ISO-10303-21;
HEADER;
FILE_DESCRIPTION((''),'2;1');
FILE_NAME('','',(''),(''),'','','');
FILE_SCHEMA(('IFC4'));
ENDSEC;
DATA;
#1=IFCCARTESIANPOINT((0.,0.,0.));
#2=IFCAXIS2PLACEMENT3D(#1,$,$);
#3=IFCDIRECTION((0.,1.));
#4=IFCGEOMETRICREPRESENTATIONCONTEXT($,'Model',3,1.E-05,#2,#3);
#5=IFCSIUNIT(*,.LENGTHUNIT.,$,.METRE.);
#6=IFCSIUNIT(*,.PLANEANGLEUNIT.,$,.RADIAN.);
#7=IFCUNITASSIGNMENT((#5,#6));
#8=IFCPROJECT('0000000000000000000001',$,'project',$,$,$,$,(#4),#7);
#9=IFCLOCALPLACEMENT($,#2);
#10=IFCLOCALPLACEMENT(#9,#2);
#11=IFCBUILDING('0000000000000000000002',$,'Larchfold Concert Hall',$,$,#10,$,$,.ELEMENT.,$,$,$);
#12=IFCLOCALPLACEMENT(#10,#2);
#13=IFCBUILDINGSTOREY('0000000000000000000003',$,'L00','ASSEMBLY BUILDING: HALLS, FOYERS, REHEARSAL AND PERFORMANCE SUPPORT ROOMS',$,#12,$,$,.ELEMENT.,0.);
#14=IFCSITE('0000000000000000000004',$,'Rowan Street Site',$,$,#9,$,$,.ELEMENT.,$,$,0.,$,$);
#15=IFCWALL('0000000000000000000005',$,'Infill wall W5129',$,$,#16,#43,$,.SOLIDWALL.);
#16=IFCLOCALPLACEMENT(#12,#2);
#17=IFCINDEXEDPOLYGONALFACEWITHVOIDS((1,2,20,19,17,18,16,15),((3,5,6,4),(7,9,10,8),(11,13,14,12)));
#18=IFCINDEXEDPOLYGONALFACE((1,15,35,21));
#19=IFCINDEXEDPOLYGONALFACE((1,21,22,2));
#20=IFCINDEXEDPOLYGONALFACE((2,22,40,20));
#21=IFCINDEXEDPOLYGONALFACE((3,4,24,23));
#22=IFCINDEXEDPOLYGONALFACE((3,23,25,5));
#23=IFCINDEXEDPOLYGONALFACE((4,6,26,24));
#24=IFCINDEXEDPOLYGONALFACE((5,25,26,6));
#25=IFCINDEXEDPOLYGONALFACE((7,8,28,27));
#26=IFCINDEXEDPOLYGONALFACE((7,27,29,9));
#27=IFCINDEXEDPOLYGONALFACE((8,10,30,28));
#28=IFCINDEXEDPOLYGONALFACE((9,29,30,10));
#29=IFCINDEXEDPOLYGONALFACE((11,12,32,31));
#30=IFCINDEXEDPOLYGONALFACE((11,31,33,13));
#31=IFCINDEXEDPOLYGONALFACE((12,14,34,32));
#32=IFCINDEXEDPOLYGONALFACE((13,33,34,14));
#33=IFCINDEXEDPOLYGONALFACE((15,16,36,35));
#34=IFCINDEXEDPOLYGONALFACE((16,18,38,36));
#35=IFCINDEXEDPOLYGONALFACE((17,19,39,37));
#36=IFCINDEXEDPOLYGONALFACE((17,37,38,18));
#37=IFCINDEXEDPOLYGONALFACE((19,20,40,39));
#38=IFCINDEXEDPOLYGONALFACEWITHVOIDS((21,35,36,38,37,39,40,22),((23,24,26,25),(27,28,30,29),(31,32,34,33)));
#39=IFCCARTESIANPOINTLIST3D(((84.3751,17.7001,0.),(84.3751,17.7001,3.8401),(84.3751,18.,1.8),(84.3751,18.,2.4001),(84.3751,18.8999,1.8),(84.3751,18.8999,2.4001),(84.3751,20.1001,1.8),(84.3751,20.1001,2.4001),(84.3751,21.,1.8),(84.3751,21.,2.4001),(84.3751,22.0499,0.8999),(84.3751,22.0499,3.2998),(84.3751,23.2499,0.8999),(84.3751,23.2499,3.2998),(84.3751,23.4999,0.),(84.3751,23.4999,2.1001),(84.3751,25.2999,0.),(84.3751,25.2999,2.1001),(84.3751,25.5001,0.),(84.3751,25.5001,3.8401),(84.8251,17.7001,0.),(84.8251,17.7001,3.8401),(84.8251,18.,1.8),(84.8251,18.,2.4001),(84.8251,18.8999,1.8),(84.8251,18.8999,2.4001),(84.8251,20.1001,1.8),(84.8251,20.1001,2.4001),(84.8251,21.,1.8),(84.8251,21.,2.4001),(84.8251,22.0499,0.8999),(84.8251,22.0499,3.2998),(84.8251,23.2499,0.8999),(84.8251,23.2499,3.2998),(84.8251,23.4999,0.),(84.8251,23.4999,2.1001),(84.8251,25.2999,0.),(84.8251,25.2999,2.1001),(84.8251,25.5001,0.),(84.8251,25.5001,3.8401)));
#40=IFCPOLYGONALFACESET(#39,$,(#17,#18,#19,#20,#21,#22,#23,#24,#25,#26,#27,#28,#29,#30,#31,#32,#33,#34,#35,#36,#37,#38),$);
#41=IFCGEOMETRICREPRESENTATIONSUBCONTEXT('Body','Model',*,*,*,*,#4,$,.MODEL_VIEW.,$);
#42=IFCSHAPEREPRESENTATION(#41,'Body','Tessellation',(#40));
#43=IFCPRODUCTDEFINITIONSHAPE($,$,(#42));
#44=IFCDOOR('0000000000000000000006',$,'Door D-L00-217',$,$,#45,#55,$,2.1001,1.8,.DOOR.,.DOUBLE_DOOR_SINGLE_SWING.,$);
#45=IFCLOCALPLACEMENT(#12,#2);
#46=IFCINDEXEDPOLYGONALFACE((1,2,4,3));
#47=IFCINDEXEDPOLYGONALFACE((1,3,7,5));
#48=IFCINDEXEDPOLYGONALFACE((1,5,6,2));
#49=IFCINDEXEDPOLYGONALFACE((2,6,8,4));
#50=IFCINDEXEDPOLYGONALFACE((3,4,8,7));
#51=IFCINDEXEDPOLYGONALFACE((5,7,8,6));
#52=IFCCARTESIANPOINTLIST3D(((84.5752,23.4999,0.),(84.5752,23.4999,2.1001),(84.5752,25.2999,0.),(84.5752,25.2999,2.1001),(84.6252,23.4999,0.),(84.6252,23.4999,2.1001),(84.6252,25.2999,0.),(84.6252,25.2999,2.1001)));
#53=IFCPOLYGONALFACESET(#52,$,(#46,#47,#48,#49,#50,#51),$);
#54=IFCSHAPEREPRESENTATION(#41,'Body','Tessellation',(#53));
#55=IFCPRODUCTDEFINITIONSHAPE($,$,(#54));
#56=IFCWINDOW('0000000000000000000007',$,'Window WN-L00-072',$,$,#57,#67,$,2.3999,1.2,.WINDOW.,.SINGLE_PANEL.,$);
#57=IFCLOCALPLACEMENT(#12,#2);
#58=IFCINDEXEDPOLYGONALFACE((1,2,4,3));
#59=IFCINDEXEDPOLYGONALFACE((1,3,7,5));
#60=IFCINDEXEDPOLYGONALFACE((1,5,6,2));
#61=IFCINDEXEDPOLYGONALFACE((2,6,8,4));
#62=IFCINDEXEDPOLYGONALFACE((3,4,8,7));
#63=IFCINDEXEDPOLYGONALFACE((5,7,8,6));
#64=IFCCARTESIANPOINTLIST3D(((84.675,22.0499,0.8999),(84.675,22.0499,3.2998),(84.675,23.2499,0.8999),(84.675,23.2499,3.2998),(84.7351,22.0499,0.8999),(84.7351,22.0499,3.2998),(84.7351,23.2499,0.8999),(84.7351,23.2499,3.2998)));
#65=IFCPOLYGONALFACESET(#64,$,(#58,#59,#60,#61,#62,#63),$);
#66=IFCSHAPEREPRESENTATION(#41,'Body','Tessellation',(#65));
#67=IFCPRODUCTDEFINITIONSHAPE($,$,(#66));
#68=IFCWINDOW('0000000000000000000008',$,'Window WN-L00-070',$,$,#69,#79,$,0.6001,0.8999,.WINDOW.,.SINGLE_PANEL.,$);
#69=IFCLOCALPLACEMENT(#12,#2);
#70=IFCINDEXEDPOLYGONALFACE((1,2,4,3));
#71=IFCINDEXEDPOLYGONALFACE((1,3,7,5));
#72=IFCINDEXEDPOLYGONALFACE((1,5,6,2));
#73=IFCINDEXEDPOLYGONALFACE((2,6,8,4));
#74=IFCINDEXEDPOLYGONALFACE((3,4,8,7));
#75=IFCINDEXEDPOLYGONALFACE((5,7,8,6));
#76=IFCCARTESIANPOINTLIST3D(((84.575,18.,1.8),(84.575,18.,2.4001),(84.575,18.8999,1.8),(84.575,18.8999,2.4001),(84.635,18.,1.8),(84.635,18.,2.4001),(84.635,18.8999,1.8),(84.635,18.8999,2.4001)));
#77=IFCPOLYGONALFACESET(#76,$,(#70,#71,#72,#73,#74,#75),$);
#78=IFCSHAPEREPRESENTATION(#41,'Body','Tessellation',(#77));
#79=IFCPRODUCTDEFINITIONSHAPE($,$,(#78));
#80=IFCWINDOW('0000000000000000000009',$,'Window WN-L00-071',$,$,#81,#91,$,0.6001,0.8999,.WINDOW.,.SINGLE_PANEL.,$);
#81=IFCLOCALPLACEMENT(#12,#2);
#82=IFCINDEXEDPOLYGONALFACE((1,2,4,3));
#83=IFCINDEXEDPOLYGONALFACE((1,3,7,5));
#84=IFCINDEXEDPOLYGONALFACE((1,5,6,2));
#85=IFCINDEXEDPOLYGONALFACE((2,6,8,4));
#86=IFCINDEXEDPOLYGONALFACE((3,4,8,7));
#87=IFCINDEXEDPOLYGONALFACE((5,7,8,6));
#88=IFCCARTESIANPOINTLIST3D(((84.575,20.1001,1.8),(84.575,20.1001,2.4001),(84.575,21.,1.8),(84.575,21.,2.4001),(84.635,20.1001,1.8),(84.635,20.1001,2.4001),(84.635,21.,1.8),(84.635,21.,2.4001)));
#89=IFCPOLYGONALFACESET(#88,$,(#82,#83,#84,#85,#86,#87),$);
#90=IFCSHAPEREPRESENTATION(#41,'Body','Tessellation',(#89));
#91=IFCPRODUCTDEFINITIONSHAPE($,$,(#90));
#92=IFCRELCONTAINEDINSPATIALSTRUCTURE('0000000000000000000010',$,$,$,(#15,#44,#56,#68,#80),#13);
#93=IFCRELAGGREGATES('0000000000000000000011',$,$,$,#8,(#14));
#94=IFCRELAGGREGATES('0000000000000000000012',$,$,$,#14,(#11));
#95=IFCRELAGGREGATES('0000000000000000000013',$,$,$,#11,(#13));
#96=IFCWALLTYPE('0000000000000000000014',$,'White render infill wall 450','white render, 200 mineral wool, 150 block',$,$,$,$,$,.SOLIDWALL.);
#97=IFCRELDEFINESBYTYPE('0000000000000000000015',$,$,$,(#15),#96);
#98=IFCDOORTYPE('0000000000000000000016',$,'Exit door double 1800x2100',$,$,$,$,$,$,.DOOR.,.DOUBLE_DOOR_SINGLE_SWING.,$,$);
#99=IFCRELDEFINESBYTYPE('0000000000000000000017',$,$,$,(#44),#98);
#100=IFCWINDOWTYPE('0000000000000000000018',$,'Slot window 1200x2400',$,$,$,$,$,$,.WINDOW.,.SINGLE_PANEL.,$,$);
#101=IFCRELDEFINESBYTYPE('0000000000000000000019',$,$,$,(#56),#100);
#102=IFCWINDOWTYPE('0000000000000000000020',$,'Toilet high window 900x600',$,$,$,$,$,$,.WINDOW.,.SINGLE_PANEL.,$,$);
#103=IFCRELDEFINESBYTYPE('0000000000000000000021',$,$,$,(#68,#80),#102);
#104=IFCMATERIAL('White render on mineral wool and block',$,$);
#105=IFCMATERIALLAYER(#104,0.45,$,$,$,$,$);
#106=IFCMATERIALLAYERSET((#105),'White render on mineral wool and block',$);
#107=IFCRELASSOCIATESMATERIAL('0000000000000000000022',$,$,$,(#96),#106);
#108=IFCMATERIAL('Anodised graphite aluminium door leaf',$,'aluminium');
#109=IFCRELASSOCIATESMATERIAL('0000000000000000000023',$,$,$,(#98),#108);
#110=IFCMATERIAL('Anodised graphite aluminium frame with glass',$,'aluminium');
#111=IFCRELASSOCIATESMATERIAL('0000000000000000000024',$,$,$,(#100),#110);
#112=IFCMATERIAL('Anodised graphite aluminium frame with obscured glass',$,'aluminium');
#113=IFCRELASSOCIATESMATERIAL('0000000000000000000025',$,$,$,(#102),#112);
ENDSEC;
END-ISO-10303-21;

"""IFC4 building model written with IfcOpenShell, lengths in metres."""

from ifc_helpers import new_model, si_unit, direction, frame, frame_2d, origin, place, context, subcontext, project, spatial, rectangle, extrude, material, layer, layer_set, type_object, element, fill, save


model = new_model("IFC4")

# Units and contexts
model_context = context("Model", 3, precision=1e-05, world=origin(), true_north=direction((0.0, 1.0)))
body_context = subcontext(model_context, "Body", "Model", "MODEL_VIEW")
ifc_project = project(units=[si_unit("LENGTHUNIT", "METRE"), si_unit("PLANEANGLEUNIT", "RADIAN")], contexts=[model_context])

# Site, building, storey
site_placement = place(None, origin())
site = spatial("IfcSite", under=ifc_project, at=site_placement, Name="Rowan Street Site", CompositionType="ELEMENT", RefElevation=0.0)
building_placement = place(site_placement, origin())
building = spatial("IfcBuilding", under=site, at=building_placement, Name="Larchfold Concert Hall", CompositionType="ELEMENT")
storey_placement = place(building_placement, origin())
storey = spatial("IfcBuildingStorey", under=building, at=storey_placement, Name="L00", Description="ASSEMBLY BUILDING: HALLS, FOYERS, REHEARSAL AND PERFORMANCE SUPPORT ROOMS", CompositionType="ELEMENT", Elevation=0.0)

# Wall, openings, door, windows
ifc_material_1 = material(Name="White render on mineral wool and block")
ifc_layer_1 = layer(ifc_material_1, 0.45)
ifc_layer_set_1 = layer_set([ifc_layer_1], Name="White render on mineral wool and block")
wall_type_1 = type_object("IfcWallType", Name="White render infill wall 450", Description="white render, 200 mineral wool, 150 block", PredefinedType="SOLIDWALL", material=ifc_layer_set_1)
wall_1_placement = place(storey_placement, frame((84.6001, 25.5, 0.0), z_axis=(0.0, 0.0, 1.0), x_axis=(0.0, -1.0, 0.0)))
wall_1 = element("IfcWall", 1, at=wall_1_placement, inside=storey, type_object=wall_type_1, Name="Infill wall W5129", PredefinedType="SOLIDWALL", context=body_context, shape_type="SweptSolid", body=[
    extrude(rectangle(XDim=7.8, YDim=0.45, at=frame_2d((3.8999, 0.0))), origin(), (0.0, 0.0, 1.0), 3.8401),
])
opening_1_placement = place(wall_1_placement, frame((2.0, 0.0, 0.0), z_axis=(0.0, 0.0, 1.0), x_axis=(-1.0, 0.0, 0.0)))
opening_1 = element("IfcOpeningElement", 2, at=opening_1_placement, cuts=wall_1, PredefinedType="OPENING", context=body_context, shape_type="SweptSolid", body=[
    extrude(rectangle(XDim=1.8, YDim=2.1001, at=frame_2d((0.8999, 1.05))), frame((0.0, 0.2349, 0.0), z_axis=(0.0, -1.0, 0.0), x_axis=(1.0, 0.0, 0.0)), (0.0, 0.0, 1.0), 0.47),
])
opening_2_placement = place(wall_1_placement, frame((6.6001, 0.0, 1.8)))
opening_2 = element("IfcOpeningElement", 3, at=opening_2_placement, cuts=wall_1, PredefinedType="OPENING", context=body_context, shape_type="SweptSolid", body=[
    extrude(rectangle(XDim=0.8999, YDim=0.6001, at=frame_2d((0.45, 0.3))), frame((0.0, 0.2349, 0.0), z_axis=(0.0, -1.0, 0.0), x_axis=(1.0, 0.0, 0.0)), (0.0, 0.0, 1.0), 0.47),
])
opening_3_placement = place(wall_1_placement, frame((4.5, 0.0, 1.8)))
opening_3 = element("IfcOpeningElement", 4, at=opening_3_placement, cuts=wall_1, PredefinedType="OPENING", context=body_context, shape_type="SweptSolid", body=[
    extrude(rectangle(XDim=0.8999, YDim=0.6001, at=frame_2d((0.45, 0.3))), frame((0.0, 0.2349, 0.0), z_axis=(0.0, -1.0, 0.0), x_axis=(1.0, 0.0, 0.0)), (0.0, 0.0, 1.0), 0.47),
])
opening_4_placement = place(wall_1_placement, frame((2.25, 0.0, 0.8999)))
opening_4 = element("IfcOpeningElement", 5, at=opening_4_placement, cuts=wall_1, PredefinedType="OPENING", context=body_context, shape_type="SweptSolid", body=[
    extrude(rectangle(XDim=1.2, YDim=2.3999, at=frame_2d((0.6001, 1.2))), frame((0.0, 0.2349, 0.0), z_axis=(0.0, -1.0, 0.0), x_axis=(1.0, 0.0, 0.0)), (0.0, 0.0, 1.0), 0.47),
])
ifc_material_2 = material(Name="Anodised graphite aluminium door leaf", Category="aluminium")
door_type = type_object("IfcDoorType", Name="Exit door double 1800x2100", OperationType="DOUBLE_DOOR_SINGLE_SWING", PredefinedType="DOOR", material=ifc_material_2)
door_placement = place(opening_1_placement, origin())
door = element("IfcDoor", 6, at=door_placement, inside=storey, type_object=door_type, Name="Door D-L00-217", OperationType="DOUBLE_DOOR_SINGLE_SWING", OverallHeight=2.1001, OverallWidth=1.8, PredefinedType="DOOR", context=body_context, shape_type="SweptSolid", body=[
    extrude(rectangle(XDim=1.8, YDim=2.1001, at=frame_2d((0.8999, 1.05))), frame((0.0, 0.0249, 0.0), z_axis=(0.0, -1.0, 0.0), x_axis=(1.0, 0.0, 0.0)), (0.0, 0.0, 1.0), 0.05),
])
fill(opening_1, door)
ifc_material_3 = material(Name="Anodised graphite aluminium frame with glass", Category="aluminium")
window_type_1 = type_object("IfcWindowType", Name="Slot window 1200x2400", PartitioningType="SINGLE_PANEL", PredefinedType="WINDOW", material=ifc_material_3)
window_1_placement = place(opening_4_placement, origin())
window_1 = element("IfcWindow", 7, at=window_1_placement, inside=storey, type_object=window_type_1, Name="Window WN-L00-072", OverallHeight=2.3999, OverallWidth=1.2, PartitioningType="SINGLE_PANEL", PredefinedType="WINDOW", context=body_context, shape_type="SweptSolid", body=[
    extrude(rectangle(XDim=1.2, YDim=2.3999, at=frame_2d((0.6001, 1.2))), frame((0.0, 0.135, 0.0), z_axis=(0.0, -1.0, 0.0), x_axis=(1.0, 0.0, 0.0)), (0.0, 0.0, 1.0), 0.0601),
])
fill(opening_4, window_1)
ifc_material_4 = material(Name="Anodised graphite aluminium frame with obscured glass", Category="aluminium")
window_type_2 = type_object("IfcWindowType", Name="Toilet high window 900x600", PartitioningType="SINGLE_PANEL", PredefinedType="WINDOW", material=ifc_material_4)
window_2_placement = place(opening_2_placement, origin())
window_2 = element("IfcWindow", 8, at=window_2_placement, inside=storey, type_object=window_type_2, Name="Window WN-L00-070", OverallHeight=0.6001, OverallWidth=0.8999, PartitioningType="SINGLE_PANEL", PredefinedType="WINDOW", context=body_context, shape_type="SweptSolid", body=[
    extrude(rectangle(XDim=0.8999, YDim=0.6001, at=frame_2d((0.45, 0.3))), frame((0.0, 0.0349, 0.0), z_axis=(0.0, -1.0, 0.0), x_axis=(1.0, 0.0, 0.0)), (0.0, 0.0, 1.0), 0.0601),
])
fill(opening_2, window_2)
window_3_placement = place(opening_3_placement, origin())
window_3 = element("IfcWindow", 9, at=window_3_placement, inside=storey, type_object=window_type_2, Name="Window WN-L00-071", OverallHeight=0.6001, OverallWidth=0.8999, PartitioningType="SINGLE_PANEL", PredefinedType="WINDOW", context=body_context, shape_type="SweptSolid", body=[
    extrude(rectangle(XDim=0.8999, YDim=0.6001, at=frame_2d((0.45, 0.3))), frame((0.0, 0.0349, 0.0), z_axis=(0.0, -1.0, 0.0), x_axis=(1.0, 0.0, 0.0)), (0.0, 0.0, 1.0), 0.0601),
])
fill(opening_3, window_3)

save(model, "model.ifc")
